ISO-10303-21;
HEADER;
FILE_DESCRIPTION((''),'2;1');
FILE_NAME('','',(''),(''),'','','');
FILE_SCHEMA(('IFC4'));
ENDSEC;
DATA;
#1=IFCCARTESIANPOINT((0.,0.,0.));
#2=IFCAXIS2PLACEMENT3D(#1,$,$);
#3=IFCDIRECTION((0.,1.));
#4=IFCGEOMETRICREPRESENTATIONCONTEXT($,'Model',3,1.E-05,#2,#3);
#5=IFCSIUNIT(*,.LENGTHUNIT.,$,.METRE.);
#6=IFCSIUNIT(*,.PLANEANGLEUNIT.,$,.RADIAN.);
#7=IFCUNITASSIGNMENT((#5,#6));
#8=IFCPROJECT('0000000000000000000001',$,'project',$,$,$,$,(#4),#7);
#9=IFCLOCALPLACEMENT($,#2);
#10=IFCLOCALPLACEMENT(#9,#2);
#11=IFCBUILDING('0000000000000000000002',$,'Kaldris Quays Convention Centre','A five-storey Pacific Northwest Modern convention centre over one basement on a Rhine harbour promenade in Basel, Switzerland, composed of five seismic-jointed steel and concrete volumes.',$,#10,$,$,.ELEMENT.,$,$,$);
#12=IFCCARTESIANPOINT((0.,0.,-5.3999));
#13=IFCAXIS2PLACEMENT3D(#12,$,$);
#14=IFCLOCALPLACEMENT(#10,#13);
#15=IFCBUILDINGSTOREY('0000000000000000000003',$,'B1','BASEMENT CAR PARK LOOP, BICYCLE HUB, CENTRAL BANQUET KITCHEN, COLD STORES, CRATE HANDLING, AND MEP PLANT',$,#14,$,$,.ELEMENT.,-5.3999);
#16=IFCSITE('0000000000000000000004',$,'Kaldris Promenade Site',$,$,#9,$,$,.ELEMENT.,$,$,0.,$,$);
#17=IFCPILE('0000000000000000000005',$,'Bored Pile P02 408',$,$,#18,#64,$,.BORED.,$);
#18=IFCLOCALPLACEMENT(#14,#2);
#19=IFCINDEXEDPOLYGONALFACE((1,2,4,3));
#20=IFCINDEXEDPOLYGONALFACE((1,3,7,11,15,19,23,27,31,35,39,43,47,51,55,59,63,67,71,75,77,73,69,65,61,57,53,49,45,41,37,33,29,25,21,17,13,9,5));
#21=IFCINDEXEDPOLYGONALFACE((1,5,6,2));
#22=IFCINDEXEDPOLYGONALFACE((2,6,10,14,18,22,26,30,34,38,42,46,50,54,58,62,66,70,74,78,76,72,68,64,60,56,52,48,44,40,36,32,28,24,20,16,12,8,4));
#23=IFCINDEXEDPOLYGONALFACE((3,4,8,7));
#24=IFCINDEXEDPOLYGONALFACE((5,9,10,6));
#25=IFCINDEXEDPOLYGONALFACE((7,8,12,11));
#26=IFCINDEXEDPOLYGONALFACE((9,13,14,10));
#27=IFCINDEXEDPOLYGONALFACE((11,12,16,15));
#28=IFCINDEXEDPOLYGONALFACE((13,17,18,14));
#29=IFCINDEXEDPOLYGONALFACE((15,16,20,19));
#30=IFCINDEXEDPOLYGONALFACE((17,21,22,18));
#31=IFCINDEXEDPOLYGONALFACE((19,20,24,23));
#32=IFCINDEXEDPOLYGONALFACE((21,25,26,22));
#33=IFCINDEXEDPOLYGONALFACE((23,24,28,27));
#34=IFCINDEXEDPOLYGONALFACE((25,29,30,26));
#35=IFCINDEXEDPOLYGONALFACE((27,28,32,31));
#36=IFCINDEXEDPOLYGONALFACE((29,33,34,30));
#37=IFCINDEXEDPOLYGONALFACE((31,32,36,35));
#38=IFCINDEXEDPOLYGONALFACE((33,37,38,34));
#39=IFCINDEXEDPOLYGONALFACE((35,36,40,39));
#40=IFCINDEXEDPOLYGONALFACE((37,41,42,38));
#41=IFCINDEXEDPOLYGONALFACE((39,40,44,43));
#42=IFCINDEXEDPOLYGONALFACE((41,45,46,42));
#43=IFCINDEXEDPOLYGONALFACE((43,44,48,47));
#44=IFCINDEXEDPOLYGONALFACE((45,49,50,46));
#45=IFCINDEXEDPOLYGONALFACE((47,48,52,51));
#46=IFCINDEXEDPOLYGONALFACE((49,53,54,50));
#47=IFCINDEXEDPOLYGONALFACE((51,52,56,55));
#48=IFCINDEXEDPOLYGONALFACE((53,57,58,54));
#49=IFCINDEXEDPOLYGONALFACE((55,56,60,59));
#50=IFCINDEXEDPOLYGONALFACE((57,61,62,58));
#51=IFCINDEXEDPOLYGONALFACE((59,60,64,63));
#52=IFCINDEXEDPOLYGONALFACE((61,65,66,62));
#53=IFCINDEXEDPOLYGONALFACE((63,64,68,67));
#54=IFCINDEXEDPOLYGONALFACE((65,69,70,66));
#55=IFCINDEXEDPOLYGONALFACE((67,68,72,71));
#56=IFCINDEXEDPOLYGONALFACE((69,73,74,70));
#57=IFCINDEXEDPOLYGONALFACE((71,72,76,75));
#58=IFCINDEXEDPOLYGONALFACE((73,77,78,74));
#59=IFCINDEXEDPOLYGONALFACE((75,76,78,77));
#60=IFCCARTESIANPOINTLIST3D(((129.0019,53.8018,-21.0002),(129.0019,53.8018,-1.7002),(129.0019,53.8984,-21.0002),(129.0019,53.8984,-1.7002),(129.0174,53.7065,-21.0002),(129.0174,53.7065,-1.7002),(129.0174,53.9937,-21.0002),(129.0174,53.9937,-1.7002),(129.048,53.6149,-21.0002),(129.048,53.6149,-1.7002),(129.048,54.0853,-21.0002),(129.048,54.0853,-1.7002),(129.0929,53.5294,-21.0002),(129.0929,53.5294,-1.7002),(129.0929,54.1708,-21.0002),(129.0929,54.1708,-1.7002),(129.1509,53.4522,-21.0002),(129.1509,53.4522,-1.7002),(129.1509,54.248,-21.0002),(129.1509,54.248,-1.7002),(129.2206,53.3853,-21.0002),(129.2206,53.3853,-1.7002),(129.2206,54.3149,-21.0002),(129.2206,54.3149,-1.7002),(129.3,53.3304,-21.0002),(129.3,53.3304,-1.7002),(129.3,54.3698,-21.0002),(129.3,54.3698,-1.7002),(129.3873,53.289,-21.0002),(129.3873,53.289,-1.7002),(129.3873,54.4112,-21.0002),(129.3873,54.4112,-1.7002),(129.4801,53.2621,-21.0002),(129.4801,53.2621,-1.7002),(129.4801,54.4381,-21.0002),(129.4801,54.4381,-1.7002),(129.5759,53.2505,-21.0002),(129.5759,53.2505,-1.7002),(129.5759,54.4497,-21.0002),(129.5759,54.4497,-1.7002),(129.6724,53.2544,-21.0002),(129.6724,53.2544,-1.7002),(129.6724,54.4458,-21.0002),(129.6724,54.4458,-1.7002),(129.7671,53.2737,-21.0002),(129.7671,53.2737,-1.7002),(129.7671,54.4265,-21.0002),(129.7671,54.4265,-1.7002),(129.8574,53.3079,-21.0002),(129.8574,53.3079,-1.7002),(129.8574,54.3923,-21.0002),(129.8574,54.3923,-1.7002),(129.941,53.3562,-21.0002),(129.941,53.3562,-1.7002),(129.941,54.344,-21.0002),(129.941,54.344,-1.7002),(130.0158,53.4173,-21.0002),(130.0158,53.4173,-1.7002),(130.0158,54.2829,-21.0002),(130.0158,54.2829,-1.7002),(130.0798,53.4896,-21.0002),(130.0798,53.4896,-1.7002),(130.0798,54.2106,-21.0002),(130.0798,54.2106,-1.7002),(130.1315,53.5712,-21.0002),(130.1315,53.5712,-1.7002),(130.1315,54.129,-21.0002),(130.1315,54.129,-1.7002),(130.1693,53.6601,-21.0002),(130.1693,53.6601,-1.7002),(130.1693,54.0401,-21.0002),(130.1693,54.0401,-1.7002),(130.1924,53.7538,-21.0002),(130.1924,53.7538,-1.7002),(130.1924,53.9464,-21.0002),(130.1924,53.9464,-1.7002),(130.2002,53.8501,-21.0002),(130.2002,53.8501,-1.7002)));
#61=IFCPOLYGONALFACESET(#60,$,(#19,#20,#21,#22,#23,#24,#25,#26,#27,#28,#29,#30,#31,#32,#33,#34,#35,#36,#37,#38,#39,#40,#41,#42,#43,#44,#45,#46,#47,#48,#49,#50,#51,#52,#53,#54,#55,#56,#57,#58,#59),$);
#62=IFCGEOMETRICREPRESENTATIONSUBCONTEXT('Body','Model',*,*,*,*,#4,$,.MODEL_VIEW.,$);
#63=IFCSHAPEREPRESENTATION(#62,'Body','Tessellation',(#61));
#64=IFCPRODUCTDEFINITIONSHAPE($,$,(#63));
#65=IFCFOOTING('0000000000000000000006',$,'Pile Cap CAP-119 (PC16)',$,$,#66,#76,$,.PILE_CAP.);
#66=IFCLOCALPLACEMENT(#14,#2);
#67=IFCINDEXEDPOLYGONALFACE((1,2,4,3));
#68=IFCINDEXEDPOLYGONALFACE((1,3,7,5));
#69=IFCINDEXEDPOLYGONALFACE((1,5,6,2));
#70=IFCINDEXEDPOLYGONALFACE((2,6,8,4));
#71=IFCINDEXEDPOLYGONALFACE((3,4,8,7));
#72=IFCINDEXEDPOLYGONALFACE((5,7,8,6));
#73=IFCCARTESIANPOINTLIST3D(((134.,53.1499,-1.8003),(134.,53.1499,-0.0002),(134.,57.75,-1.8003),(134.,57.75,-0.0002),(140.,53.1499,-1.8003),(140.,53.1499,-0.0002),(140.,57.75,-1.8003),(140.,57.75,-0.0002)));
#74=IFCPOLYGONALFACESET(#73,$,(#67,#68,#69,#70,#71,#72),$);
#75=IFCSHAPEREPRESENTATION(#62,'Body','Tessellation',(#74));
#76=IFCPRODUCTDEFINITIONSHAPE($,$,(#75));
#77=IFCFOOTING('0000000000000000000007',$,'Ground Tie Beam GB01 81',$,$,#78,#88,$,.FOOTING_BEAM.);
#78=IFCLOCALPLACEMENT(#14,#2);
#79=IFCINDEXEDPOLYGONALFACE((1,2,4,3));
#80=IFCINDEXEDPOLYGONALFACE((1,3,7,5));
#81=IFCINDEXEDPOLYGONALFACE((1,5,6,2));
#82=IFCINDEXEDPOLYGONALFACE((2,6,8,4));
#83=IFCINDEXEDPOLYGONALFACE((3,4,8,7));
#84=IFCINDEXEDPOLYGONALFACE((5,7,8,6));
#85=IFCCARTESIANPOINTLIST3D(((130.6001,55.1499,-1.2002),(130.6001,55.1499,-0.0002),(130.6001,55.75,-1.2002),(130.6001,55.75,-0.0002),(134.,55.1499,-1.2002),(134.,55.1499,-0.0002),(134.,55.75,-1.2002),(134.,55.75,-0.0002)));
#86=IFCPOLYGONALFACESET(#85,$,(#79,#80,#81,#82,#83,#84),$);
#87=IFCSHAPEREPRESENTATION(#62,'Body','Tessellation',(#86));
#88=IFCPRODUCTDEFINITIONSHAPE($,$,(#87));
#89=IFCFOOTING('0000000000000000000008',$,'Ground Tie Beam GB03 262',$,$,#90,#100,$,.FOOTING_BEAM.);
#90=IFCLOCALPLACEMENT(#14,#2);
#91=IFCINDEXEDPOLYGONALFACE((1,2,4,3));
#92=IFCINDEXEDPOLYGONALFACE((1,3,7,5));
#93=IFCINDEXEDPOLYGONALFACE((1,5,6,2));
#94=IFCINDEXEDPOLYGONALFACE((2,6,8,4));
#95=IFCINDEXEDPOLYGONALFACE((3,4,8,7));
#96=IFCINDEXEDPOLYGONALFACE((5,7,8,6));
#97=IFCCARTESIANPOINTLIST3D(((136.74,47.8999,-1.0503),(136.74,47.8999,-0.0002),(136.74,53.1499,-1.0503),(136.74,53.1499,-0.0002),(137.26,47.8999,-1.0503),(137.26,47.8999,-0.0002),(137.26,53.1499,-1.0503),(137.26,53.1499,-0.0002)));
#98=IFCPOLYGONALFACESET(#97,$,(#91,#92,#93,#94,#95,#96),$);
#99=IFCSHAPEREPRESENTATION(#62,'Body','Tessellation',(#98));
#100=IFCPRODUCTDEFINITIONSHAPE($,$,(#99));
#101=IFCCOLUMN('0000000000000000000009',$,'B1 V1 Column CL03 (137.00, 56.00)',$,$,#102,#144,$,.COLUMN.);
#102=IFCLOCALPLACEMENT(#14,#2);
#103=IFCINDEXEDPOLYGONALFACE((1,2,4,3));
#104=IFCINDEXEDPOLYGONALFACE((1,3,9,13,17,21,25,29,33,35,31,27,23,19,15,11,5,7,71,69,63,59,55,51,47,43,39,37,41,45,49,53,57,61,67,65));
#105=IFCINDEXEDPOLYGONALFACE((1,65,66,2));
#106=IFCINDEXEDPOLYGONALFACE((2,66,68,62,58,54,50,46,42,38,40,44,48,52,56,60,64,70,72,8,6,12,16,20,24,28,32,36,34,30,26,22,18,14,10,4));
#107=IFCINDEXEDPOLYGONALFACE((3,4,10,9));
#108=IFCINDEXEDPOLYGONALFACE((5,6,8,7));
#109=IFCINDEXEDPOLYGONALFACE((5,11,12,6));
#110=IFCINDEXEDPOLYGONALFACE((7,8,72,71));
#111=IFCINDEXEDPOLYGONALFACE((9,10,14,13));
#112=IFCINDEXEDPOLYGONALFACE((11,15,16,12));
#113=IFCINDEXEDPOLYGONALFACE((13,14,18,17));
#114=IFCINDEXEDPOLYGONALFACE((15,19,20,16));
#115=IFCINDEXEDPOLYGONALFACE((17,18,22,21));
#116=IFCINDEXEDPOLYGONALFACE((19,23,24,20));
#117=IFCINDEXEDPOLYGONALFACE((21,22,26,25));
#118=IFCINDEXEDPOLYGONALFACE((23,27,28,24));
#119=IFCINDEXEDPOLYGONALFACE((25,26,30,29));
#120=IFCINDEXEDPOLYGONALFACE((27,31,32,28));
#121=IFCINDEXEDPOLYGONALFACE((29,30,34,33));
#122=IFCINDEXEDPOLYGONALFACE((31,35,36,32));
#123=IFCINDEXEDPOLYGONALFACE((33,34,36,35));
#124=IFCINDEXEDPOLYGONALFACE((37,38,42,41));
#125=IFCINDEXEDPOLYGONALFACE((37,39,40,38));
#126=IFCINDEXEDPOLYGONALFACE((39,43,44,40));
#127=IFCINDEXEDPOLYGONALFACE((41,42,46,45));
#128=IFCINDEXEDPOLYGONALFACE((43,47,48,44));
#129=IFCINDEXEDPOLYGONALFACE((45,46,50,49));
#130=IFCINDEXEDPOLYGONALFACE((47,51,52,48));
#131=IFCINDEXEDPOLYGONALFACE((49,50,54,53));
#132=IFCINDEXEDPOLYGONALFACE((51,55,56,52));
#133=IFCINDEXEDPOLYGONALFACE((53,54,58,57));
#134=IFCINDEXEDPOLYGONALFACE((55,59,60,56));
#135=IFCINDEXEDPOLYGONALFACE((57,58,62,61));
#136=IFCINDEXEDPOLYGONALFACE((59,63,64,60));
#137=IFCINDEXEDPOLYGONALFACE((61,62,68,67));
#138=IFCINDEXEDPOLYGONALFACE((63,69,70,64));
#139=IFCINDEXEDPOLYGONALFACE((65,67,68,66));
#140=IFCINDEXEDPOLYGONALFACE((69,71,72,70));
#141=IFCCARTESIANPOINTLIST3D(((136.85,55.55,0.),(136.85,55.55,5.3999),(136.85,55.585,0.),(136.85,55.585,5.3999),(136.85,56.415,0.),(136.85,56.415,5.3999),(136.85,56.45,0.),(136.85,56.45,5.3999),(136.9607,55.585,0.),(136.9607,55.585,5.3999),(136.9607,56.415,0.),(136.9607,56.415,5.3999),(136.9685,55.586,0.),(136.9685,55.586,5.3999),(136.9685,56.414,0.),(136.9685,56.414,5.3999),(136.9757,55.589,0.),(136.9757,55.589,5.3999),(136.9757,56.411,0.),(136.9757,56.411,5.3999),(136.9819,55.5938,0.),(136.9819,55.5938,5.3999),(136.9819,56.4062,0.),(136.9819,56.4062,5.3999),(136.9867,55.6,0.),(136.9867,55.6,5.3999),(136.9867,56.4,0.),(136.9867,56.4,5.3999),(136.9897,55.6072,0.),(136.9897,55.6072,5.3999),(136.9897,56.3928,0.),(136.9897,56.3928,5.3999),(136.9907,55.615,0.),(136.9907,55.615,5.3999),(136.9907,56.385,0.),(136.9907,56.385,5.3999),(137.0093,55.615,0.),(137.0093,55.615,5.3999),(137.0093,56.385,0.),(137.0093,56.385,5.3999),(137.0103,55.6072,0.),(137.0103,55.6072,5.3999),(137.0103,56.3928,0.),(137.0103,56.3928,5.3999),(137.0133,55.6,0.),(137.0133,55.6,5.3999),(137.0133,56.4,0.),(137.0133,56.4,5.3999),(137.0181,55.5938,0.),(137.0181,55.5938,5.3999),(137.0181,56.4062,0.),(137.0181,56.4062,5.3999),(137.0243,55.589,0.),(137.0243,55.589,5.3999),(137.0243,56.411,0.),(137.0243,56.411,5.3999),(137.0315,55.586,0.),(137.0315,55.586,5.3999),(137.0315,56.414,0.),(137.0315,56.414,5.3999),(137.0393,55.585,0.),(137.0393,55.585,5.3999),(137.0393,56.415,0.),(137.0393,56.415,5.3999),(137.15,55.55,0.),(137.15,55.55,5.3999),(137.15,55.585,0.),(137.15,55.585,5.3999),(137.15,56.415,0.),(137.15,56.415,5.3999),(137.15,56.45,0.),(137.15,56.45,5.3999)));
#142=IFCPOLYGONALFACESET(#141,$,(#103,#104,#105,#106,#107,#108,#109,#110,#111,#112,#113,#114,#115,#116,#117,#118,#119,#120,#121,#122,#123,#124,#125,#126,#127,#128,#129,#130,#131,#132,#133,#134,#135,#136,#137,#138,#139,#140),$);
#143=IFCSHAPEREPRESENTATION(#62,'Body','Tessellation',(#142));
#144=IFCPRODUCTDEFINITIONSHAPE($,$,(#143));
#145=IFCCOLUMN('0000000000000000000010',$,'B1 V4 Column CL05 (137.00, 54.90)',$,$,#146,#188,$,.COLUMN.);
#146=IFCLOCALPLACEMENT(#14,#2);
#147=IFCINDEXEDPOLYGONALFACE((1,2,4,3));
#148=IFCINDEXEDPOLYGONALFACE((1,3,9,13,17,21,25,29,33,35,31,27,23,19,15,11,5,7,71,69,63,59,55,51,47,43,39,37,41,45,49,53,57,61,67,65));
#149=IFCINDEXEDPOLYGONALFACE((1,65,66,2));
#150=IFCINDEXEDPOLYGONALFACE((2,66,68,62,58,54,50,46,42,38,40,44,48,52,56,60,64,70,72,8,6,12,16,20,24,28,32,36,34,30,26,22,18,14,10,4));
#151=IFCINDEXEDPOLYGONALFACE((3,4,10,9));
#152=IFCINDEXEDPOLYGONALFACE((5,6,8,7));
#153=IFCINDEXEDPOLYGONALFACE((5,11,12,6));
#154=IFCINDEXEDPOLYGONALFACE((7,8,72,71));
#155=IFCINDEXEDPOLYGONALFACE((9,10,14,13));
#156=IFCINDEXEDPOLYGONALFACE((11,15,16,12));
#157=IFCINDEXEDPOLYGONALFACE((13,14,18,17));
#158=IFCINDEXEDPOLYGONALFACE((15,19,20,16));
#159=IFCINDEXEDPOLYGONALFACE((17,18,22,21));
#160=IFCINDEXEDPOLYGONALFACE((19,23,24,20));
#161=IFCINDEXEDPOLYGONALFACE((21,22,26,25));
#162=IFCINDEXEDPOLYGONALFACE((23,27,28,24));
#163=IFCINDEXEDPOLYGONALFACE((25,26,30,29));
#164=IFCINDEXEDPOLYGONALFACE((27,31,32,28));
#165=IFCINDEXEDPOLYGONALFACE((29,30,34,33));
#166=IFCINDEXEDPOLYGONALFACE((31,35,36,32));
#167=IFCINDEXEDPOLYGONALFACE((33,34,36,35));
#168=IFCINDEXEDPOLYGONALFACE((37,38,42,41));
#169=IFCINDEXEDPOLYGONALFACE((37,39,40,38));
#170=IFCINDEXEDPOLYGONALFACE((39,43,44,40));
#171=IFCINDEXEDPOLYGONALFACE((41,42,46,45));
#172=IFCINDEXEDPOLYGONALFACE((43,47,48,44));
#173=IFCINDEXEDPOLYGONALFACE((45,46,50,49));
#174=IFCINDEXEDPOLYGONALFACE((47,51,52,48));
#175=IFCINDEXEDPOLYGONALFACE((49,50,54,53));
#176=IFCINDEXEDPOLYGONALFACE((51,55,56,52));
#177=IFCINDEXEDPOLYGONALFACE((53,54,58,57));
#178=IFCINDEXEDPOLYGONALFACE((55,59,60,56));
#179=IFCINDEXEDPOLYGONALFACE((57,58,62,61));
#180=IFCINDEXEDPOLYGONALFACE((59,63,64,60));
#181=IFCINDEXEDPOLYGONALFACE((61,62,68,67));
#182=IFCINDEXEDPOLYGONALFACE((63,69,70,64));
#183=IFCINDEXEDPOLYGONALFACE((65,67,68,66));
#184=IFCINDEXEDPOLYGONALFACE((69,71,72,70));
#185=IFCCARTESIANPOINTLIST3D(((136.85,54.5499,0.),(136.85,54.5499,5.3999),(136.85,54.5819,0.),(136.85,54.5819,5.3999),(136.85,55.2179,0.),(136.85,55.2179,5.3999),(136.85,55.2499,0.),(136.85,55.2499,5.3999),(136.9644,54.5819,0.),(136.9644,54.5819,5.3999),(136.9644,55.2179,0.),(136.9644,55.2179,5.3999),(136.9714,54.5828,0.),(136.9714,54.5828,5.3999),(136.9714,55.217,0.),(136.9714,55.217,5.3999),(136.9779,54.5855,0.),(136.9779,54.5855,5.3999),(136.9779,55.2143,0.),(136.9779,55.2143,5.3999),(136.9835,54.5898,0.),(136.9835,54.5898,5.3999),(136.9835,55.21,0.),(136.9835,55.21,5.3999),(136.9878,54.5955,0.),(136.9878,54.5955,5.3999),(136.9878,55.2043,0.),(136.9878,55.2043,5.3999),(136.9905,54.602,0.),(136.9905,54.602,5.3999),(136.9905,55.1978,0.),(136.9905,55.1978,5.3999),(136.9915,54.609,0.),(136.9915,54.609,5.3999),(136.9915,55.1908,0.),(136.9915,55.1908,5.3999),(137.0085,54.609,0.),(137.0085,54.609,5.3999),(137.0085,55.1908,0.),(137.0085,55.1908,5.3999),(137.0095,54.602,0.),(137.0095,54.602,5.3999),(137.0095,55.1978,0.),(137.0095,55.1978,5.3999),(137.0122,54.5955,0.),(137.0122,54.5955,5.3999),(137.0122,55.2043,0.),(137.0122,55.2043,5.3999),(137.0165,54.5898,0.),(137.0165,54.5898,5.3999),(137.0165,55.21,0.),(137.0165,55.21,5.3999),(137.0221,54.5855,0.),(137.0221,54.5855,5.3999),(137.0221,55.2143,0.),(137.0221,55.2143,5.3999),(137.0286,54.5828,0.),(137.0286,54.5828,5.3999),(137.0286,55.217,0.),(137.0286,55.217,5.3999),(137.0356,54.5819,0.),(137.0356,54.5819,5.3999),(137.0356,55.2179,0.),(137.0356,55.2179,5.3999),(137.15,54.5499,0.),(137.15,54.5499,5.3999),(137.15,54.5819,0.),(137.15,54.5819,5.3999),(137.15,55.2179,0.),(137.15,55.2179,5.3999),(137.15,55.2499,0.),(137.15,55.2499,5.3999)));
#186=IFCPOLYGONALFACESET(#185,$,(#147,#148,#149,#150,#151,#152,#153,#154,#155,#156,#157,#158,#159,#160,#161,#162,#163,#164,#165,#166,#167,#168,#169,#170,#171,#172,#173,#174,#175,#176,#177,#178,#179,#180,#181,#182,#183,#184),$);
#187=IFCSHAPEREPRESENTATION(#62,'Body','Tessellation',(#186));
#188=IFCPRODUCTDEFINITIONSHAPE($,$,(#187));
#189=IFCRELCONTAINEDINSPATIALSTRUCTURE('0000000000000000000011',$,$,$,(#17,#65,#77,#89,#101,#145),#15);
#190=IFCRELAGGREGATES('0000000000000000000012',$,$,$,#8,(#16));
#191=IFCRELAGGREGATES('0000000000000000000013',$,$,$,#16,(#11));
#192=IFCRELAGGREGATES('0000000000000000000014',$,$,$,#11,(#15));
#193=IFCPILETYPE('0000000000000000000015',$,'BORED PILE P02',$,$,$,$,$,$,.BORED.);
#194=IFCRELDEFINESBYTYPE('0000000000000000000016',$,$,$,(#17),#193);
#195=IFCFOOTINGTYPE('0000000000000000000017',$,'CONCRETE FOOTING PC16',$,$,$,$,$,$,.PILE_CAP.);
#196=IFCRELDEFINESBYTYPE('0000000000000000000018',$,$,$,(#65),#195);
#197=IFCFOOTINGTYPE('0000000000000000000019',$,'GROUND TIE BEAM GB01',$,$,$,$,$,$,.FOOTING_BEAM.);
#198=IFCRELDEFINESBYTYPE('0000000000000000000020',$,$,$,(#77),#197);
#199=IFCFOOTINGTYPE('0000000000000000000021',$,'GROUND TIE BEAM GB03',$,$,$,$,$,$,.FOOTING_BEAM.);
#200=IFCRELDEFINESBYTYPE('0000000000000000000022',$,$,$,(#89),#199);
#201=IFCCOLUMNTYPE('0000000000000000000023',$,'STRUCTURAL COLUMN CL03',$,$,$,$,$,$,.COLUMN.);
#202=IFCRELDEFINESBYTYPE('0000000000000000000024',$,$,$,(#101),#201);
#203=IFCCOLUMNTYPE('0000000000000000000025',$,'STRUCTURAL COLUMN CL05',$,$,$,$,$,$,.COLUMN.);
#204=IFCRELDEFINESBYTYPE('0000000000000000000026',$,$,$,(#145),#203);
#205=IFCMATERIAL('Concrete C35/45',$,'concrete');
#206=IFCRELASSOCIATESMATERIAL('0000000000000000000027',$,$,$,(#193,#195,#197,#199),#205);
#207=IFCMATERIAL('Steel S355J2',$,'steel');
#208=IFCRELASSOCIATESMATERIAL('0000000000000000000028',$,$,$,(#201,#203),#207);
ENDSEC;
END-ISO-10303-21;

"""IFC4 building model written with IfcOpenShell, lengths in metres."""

from ifc_helpers import new_model, si_unit, direction, frame, origin, origin_2d, place, context, subcontext, project, spatial, rectangle, circle, i_section, extrude, material, material_profile, profile_set, type_object, element, save


model = new_model("IFC4")

# Units and contexts
model_context = context("Model", 3, precision=1e-05, world=origin(), true_north=direction((0.0, 1.0)))
body_context = subcontext(model_context, "Body", "Model", "MODEL_VIEW")
ifc_project = project(units=[si_unit("LENGTHUNIT", "METRE"), si_unit("PLANEANGLEUNIT", "RADIAN")], contexts=[model_context])

# Site, building, storey
site_placement = place(None, origin())
site = spatial("IfcSite", under=ifc_project, at=site_placement, Name="Kaldris Promenade Site", CompositionType="ELEMENT", RefElevation=0.0)
building_placement = place(site_placement, origin())
building = spatial("IfcBuilding", under=site, at=building_placement, Name="Kaldris Quays Convention Centre", Description="A five-storey Pacific Northwest Modern convention centre over one basement on a Rhine harbour promenade in Basel, Switzerland, composed of five seismic-jointed steel and concrete volumes.", CompositionType="ELEMENT")
storey_placement = place(building_placement, frame((0.0, 0.0, -5.3999)))
storey = spatial("IfcBuildingStorey", under=building, at=storey_placement, Name="B1", Description="BASEMENT CAR PARK LOOP, BICYCLE HUB, CENTRAL BANQUET KITCHEN, COLD STORES, CRATE HANDLING, AND MEP PLANT", CompositionType="ELEMENT", Elevation=-5.3999)

# Pile
ifc_material_1 = material(Name="Concrete C35/45", Category="concrete")
ifc_material_profile_1 = material_profile(ifc_material_1, circle(Radius=0.6001, at=origin_2d()), Name="BORED PILE D1200")
ifc_profile_set_1 = profile_set([ifc_material_profile_1], Name="Concrete C35/45")
pile_type_1 = type_object("IfcPileType", Name="BORED PILE P02", PredefinedType="BORED", material=ifc_profile_set_1)
pile_placement = place(storey_placement, frame((129.6001, 53.8501, -1.7002), z_axis=(0.0, 0.0, -1.0), x_axis=(1.0, 0.0, 0.0)))
element("IfcPile", 1, at=pile_placement, inside=storey, type_object=pile_type_1, Name="Bored Pile P02 408", PredefinedType="BORED", context=body_context, shape_type="SweptSolid", body=[
    extrude(circle(Radius=0.6001, at=origin_2d()), origin(), (0.0, 0.0, 1.0), 19.3),
])

# Footings
footing_type_1 = type_object("IfcFootingType", Name="CONCRETE FOOTING PC16", PredefinedType="PILE_CAP", material=ifc_material_1)
footing_1_placement = place(storey_placement, frame((137.0, 55.45, -1.8003), z_axis=(0.0, 0.0, 1.0), x_axis=(1.0, 0.0, 0.0)))
element("IfcFooting", 2, at=footing_1_placement, inside=storey, type_object=footing_type_1, Name="Pile Cap CAP-119 (PC16)", PredefinedType="PILE_CAP", context=body_context, shape_type="SweptSolid", body=[
    extrude(rectangle(XDim=6.0, YDim=4.6001, at=origin_2d()), origin(), (0.0, 0.0, 1.0), 1.8),
])
footing_type_2 = type_object("IfcFootingType", Name="GROUND TIE BEAM GB01", PredefinedType="FOOTING_BEAM", material=ifc_material_1)
footing_2_placement = place(storey_placement, frame((132.3, 55.45, -1.2002), z_axis=(0.0, 0.0, 1.0), x_axis=(1.0, 0.0, 0.0)))
element("IfcFooting", 3, at=footing_2_placement, inside=storey, type_object=footing_type_2, Name="Ground Tie Beam GB01 81", PredefinedType="FOOTING_BEAM", context=body_context, shape_type="SweptSolid", body=[
    extrude(rectangle(XDim=3.3999, YDim=0.6001, at=origin_2d()), origin(), (0.0, 0.0, 1.0), 1.2),
])
footing_type_3 = type_object("IfcFootingType", Name="GROUND TIE BEAM GB03", PredefinedType="FOOTING_BEAM", material=ifc_material_1)
footing_3_placement = place(storey_placement, frame((137.0, 50.5249, -1.0503), z_axis=(0.0, 0.0, 1.0), x_axis=(1.0, 0.0, 0.0)))
element("IfcFooting", 4, at=footing_3_placement, inside=storey, type_object=footing_type_3, Name="Ground Tie Beam GB03 262", PredefinedType="FOOTING_BEAM", context=body_context, shape_type="SweptSolid", body=[
    extrude(rectangle(XDim=0.52, YDim=5.25, at=origin_2d()), origin(), (0.0, 0.0, 1.0), 1.05),
])

# Columns
ifc_material_2 = material(Name="Steel S355J2", Category="steel")
ifc_material_profile_2 = material_profile(ifc_material_2, i_section(OverallWidth=0.3, OverallDepth=0.8999, WebThickness=0.0186, FlangeThickness=0.0349, FilletRadius=0.03, at=origin_2d()), Name="HEB 900")
ifc_profile_set_2 = profile_set([ifc_material_profile_2], Name="Steel S355J2")
column_type_1 = type_object("IfcColumnType", Name="STRUCTURAL COLUMN CL03", PredefinedType="COLUMN", material=ifc_profile_set_2)
column_1_placement = place(storey_placement, frame((137.0, 56.0, 0.0), z_axis=(0.0, 0.0, 1.0), x_axis=(1.0, 0.0, 0.0)))
element("IfcColumn", 5, at=column_1_placement, inside=storey, type_object=column_type_1, Name="B1 V1 Column CL03 (137.00, 56.00)", PredefinedType="COLUMN", context=body_context, shape_type="SweptSolid", body=[
    extrude(i_section(OverallWidth=0.3, OverallDepth=0.8999, WebThickness=0.0186, FlangeThickness=0.0349, FilletRadius=0.03, at=origin_2d()), origin(), (0.0, 0.0, 1.0), 5.3999),
])
ifc_material_profile_3 = material_profile(ifc_material_2, i_section(OverallWidth=0.3, OverallDepth=0.7, WebThickness=0.0171, FlangeThickness=0.032, FilletRadius=0.0271, at=origin_2d()), Name="HEB 700")
ifc_profile_set_3 = profile_set([ifc_material_profile_3], Name="Steel S355J2")
column_type_2 = type_object("IfcColumnType", Name="STRUCTURAL COLUMN CL05", PredefinedType="COLUMN", material=ifc_profile_set_3)
column_2_placement = place(storey_placement, frame((137.0, 54.8999, 0.0), z_axis=(0.0, 0.0, 1.0), x_axis=(1.0, 0.0, 0.0)))
element("IfcColumn", 6, at=column_2_placement, inside=storey, type_object=column_type_2, Name="B1 V4 Column CL05 (137.00, 54.90)", PredefinedType="COLUMN", context=body_context, shape_type="SweptSolid", body=[
    extrude(i_section(OverallWidth=0.3, OverallDepth=0.7, WebThickness=0.0171, FlangeThickness=0.032, FilletRadius=0.0271, at=origin_2d()), origin(), (0.0, 0.0, 1.0), 5.3999),
])

save(model, "model.ifc")
